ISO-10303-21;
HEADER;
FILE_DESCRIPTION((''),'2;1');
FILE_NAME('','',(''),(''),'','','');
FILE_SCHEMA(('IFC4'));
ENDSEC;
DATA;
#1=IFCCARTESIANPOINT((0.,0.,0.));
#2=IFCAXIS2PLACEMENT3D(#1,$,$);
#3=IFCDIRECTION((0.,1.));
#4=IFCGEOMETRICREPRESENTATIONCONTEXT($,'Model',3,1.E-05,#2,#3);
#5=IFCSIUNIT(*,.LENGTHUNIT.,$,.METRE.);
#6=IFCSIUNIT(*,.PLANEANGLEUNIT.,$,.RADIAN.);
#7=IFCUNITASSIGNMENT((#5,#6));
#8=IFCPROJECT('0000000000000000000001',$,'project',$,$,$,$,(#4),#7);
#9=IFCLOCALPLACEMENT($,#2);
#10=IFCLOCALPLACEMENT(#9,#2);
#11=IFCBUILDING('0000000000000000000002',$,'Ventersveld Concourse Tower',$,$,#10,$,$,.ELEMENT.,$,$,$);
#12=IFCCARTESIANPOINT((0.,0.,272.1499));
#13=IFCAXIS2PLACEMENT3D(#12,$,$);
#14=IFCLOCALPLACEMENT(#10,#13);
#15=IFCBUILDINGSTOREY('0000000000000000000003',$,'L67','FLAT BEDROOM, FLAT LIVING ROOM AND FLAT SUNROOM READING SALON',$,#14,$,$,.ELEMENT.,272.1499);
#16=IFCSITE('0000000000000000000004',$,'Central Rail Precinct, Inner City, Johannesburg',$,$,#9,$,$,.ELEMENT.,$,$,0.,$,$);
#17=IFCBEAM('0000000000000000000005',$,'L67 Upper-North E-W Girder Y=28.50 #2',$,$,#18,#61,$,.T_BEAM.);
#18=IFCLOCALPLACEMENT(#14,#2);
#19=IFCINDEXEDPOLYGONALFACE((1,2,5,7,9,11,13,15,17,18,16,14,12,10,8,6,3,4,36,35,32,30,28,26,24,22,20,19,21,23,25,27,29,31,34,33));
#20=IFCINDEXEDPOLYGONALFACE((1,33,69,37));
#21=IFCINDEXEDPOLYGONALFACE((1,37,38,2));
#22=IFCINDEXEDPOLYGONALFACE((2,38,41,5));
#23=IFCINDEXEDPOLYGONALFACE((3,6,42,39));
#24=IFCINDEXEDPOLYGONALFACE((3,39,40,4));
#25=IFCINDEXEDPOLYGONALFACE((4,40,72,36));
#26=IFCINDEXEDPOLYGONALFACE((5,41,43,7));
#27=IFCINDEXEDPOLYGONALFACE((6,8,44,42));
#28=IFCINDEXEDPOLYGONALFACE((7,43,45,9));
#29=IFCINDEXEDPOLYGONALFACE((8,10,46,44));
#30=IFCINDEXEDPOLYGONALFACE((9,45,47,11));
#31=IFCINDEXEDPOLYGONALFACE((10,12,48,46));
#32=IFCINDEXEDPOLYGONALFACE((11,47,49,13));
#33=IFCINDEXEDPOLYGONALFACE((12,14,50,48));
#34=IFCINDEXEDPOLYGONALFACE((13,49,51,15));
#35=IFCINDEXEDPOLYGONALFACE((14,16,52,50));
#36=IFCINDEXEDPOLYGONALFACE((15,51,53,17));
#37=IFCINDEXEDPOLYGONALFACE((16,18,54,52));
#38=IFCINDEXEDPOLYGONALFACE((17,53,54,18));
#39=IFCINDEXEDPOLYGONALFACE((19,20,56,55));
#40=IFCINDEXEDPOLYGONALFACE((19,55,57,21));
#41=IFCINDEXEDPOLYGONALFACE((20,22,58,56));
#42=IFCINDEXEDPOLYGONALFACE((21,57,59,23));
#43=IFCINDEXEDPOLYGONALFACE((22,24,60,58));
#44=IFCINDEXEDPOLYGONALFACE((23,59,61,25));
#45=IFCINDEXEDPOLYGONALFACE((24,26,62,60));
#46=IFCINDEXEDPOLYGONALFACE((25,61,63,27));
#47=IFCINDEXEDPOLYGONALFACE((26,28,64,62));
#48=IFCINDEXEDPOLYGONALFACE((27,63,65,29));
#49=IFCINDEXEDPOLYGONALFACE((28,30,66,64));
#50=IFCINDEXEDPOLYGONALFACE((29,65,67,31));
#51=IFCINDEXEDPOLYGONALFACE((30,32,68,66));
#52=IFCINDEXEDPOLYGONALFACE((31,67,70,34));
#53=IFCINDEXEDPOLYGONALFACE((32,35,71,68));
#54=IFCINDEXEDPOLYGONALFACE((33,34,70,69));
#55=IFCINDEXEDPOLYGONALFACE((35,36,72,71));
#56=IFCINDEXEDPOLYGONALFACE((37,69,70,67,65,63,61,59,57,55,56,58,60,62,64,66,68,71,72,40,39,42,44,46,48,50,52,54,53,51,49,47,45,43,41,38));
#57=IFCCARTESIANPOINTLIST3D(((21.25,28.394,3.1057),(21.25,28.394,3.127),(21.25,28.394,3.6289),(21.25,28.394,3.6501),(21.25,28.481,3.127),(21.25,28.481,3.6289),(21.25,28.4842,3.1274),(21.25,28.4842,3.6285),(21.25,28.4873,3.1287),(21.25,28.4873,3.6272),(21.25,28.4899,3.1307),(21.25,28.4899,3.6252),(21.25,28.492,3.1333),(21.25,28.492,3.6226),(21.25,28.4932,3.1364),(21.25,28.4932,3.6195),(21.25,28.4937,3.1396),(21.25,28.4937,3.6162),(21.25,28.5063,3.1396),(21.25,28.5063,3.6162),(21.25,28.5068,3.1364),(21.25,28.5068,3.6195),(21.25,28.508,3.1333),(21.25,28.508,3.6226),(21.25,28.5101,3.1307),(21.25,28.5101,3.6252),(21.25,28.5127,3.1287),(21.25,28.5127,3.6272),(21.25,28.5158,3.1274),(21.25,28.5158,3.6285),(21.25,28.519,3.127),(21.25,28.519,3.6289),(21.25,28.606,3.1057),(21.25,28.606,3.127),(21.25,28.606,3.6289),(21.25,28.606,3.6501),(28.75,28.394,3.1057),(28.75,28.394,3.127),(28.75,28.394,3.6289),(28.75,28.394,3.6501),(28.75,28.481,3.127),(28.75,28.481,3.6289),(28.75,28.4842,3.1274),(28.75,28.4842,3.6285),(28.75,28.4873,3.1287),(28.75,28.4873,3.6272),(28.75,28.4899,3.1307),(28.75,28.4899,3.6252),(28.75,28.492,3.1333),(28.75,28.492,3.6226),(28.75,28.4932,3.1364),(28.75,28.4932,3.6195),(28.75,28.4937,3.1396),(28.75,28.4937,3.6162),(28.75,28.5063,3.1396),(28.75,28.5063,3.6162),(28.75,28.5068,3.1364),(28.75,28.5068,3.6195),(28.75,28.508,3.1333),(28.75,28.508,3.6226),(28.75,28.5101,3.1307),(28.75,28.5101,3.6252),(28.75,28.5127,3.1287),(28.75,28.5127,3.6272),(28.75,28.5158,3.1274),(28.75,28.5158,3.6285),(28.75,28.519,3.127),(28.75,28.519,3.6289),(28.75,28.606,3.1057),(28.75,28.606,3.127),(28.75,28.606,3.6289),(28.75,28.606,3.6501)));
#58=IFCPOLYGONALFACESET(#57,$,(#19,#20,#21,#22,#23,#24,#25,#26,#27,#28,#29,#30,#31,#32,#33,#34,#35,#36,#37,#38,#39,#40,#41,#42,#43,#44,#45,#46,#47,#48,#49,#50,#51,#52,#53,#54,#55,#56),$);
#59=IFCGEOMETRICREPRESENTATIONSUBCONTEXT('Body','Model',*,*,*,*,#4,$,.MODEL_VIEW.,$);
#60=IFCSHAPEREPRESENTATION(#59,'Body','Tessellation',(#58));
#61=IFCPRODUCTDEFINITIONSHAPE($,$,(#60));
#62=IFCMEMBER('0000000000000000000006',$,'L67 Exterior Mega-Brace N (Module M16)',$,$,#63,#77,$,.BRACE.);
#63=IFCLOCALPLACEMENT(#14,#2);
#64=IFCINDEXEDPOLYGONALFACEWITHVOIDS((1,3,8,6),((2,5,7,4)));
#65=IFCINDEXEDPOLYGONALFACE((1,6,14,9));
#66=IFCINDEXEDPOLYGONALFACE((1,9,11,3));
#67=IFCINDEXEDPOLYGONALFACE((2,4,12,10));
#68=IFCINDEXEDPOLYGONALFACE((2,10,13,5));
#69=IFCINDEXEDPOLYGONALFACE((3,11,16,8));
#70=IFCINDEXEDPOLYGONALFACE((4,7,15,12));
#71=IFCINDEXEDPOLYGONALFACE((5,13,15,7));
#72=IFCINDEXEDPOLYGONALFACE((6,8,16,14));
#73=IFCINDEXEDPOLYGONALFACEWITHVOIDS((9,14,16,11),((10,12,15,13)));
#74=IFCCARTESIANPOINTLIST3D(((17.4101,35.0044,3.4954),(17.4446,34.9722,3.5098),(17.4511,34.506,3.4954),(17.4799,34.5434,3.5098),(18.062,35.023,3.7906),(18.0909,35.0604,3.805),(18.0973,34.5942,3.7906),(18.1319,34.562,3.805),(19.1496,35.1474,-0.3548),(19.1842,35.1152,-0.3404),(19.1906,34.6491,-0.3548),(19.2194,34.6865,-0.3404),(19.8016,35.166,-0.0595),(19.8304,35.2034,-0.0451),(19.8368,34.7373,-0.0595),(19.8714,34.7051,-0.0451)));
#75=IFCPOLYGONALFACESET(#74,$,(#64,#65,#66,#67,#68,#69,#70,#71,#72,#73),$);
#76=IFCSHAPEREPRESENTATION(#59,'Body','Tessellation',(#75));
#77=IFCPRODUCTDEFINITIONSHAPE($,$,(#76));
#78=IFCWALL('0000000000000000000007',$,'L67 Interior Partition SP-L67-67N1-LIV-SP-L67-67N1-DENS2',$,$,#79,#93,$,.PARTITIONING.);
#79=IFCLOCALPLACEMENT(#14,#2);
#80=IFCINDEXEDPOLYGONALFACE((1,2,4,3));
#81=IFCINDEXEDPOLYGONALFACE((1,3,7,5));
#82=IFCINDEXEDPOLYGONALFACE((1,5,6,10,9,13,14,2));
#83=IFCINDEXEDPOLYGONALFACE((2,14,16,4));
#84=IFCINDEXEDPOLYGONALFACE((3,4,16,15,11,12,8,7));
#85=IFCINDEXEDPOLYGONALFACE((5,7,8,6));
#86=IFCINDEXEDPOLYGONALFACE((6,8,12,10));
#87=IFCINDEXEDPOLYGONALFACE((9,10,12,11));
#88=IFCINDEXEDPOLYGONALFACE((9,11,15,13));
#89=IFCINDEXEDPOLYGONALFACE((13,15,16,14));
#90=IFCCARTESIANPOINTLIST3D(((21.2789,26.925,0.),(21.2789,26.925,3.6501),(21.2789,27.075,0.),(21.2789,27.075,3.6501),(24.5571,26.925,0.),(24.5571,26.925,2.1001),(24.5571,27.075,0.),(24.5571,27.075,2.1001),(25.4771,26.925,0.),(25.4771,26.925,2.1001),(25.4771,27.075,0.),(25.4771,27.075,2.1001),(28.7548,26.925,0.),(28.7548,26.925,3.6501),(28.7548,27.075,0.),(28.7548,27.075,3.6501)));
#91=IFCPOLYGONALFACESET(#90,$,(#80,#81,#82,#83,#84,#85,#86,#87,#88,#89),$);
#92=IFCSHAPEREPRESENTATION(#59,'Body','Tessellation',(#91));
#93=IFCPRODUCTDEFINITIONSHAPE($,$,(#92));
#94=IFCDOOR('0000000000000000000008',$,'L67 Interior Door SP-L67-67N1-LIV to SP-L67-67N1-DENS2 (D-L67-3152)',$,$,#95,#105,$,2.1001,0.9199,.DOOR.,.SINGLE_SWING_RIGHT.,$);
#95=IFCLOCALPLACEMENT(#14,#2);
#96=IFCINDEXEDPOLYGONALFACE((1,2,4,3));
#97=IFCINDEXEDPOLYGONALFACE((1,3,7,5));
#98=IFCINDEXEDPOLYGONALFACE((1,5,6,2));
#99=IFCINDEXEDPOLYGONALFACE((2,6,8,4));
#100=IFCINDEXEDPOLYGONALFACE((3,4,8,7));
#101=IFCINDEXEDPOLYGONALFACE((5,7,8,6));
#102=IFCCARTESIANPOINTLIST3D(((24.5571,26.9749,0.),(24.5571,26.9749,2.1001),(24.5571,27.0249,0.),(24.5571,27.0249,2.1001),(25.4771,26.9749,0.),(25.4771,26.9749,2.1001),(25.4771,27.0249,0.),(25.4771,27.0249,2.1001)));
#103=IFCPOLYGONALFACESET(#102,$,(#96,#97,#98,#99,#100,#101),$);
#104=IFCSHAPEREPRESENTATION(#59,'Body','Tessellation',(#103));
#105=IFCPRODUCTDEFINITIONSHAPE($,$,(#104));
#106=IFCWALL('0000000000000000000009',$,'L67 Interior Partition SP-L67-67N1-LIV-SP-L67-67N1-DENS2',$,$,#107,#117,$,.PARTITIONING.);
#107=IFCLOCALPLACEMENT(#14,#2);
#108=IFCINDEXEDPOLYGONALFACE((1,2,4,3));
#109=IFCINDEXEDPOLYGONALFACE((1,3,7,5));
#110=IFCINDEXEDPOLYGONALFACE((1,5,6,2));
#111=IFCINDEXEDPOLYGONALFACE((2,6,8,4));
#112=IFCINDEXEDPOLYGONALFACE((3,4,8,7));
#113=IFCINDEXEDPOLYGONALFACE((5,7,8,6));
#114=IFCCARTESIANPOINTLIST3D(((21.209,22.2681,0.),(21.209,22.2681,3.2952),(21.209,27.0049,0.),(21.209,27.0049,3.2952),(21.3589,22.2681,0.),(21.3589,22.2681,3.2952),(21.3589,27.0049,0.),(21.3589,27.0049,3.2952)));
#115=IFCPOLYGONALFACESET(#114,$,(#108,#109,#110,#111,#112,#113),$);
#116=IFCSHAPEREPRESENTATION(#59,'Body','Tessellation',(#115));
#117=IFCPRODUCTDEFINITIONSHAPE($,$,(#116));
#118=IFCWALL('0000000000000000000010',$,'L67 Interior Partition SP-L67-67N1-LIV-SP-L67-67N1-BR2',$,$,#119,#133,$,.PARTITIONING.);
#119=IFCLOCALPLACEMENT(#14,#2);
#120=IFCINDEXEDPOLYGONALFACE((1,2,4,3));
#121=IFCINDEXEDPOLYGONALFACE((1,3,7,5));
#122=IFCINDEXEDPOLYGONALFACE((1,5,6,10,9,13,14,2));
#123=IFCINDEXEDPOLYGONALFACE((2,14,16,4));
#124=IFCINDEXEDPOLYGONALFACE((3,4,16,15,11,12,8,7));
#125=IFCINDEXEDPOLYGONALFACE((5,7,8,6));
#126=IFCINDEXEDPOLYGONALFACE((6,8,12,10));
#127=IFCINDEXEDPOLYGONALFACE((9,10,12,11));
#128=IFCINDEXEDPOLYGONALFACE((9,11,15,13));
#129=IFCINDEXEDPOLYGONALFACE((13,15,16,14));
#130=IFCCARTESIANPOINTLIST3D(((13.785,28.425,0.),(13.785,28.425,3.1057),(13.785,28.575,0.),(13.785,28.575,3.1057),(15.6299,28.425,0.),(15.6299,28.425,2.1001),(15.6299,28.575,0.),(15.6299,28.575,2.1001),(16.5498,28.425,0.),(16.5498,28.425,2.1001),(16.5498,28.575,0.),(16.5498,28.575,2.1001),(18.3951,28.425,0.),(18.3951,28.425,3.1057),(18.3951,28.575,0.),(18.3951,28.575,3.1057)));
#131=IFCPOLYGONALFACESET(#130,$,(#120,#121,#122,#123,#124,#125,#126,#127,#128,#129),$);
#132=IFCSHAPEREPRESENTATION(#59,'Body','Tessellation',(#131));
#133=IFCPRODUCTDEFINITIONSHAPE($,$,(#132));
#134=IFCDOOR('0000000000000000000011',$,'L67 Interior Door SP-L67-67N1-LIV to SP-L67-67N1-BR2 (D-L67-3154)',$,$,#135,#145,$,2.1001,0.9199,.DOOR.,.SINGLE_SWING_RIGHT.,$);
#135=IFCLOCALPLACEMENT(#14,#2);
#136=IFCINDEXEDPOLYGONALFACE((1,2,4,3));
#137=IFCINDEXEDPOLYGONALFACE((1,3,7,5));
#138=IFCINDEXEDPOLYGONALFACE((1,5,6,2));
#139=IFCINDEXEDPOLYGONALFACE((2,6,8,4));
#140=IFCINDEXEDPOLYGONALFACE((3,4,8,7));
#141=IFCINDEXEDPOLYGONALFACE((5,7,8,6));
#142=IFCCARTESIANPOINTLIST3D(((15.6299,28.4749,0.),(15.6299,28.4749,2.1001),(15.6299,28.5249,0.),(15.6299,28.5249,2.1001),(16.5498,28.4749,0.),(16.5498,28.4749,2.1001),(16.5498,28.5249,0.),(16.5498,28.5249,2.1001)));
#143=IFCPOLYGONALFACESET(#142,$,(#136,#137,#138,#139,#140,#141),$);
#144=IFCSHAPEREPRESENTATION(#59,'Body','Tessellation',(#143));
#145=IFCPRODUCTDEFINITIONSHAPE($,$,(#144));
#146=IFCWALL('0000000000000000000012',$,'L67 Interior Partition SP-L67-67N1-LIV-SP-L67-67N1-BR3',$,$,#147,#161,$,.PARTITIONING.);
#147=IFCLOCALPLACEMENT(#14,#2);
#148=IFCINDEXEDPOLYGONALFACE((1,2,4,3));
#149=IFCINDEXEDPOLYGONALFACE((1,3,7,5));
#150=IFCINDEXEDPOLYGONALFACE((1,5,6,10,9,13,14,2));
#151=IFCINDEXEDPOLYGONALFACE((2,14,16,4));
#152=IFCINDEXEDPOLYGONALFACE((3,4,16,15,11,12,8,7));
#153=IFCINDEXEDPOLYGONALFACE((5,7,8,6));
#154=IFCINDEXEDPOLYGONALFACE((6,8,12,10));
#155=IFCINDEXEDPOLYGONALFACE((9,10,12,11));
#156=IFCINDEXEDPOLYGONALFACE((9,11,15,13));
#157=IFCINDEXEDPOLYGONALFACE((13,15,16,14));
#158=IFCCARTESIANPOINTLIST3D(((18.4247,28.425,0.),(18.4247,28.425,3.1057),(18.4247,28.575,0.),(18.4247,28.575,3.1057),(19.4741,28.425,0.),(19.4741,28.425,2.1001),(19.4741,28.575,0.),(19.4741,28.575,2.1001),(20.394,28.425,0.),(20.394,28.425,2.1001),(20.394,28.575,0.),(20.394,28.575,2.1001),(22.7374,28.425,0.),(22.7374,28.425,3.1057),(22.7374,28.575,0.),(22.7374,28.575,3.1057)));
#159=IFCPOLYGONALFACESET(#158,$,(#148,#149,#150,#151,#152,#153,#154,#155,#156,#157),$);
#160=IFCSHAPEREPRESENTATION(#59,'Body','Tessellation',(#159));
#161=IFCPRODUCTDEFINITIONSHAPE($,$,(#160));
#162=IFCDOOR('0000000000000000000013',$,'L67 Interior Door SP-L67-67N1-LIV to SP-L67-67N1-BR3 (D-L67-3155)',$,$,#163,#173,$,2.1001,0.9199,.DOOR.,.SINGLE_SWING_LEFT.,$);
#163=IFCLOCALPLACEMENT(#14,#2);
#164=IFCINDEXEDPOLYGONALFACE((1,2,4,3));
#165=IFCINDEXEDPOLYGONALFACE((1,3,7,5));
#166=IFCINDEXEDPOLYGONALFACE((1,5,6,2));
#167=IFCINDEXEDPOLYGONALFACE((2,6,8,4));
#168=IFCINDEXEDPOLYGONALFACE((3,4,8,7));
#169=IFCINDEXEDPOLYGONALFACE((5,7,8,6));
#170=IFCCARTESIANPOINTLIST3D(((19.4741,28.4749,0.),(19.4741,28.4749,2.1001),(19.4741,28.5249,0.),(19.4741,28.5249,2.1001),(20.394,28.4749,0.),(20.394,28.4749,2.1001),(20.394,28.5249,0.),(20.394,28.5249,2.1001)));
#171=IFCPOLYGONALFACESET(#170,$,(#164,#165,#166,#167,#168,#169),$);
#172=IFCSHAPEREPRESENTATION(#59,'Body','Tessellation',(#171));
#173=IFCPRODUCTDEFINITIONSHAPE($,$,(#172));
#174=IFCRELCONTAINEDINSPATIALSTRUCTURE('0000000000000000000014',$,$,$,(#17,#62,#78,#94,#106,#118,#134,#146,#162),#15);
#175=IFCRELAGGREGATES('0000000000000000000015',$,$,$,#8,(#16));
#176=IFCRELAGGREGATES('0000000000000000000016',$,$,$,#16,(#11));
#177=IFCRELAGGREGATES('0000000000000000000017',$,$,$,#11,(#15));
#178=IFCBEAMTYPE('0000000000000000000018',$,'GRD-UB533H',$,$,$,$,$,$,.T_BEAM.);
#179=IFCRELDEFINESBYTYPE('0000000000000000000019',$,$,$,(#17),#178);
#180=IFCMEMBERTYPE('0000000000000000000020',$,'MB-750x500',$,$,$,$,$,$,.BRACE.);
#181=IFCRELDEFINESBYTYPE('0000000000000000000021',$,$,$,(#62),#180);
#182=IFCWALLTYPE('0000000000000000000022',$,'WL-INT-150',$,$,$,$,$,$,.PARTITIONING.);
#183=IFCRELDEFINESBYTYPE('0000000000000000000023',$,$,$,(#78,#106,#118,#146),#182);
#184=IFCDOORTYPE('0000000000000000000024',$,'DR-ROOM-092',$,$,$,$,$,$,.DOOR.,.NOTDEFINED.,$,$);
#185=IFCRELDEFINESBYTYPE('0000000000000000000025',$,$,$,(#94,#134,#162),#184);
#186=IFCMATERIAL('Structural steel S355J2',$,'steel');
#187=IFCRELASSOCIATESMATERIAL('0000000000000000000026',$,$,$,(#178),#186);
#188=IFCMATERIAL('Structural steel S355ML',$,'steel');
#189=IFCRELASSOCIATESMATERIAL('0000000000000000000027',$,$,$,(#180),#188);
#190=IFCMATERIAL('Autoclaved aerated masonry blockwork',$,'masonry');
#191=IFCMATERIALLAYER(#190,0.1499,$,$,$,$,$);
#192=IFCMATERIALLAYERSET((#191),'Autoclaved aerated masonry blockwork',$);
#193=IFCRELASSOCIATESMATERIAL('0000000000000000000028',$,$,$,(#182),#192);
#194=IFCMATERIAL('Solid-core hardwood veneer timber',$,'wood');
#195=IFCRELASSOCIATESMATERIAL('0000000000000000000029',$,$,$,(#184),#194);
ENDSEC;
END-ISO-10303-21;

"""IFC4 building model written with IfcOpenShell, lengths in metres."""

from ifc_helpers import new_model, si_unit, direction, frame, frame_2d, origin, origin_2d, place, context, subcontext, project, spatial, rectangle, hollow_rectangle, i_section, extrude, material, layer, layer_set, material_profile, profile_set, type_object, element, fill, save


model = new_model("IFC4")

# Units and contexts
model_context = context("Model", 3, precision=1e-05, world=origin(), true_north=direction((0.0, 1.0)))
body_context = subcontext(model_context, "Body", "Model", "MODEL_VIEW")
ifc_project = project(units=[si_unit("LENGTHUNIT", "METRE"), si_unit("PLANEANGLEUNIT", "RADIAN")], contexts=[model_context])

# Site, building, storey
site_placement = place(None, origin())
site = spatial("IfcSite", under=ifc_project, at=site_placement, Name="Central Rail Precinct, Inner City, Johannesburg", CompositionType="ELEMENT", RefElevation=0.0)
building_placement = place(site_placement, origin())
building = spatial("IfcBuilding", under=site, at=building_placement, Name="Ventersveld Concourse Tower", CompositionType="ELEMENT")
storey_placement = place(building_placement, frame((0.0, 0.0, 272.1499)))
storey = spatial("IfcBuildingStorey", under=building, at=storey_placement, Name="L67", Description="FLAT BEDROOM, FLAT LIVING ROOM AND FLAT SUNROOM READING SALON", CompositionType="ELEMENT", Elevation=272.1499)

# Beam
ifc_material_1 = material(Name="Structural steel S355J2", Category="steel")
ifc_material_profile_1 = material_profile(ifc_material_1, i_section(OverallWidth=0.2119, OverallDepth=0.5444, WebThickness=0.0127, FlangeThickness=0.0212, FilletRadius=0.0127, at=origin_2d()), Name="UB 533x210x122")
ifc_profile_set_1 = profile_set([ifc_material_profile_1], Name="Structural steel S355J2")
beam_type_1 = type_object("IfcBeamType", Name="GRD-UB533H", PredefinedType="T_BEAM", material=ifc_profile_set_1)
for number, where, z_axis, x_axis, name in (
    (1, (21.25, 28.5, 3.3779), (1.0, 0.0, 0.0), (0.0, 1.0, 0.0), "L67 Upper-North E-W Girder Y=28.50 #2"),
):
    element("IfcBeam", number, at=place(storey_placement, frame(where, z_axis=z_axis, x_axis=x_axis)), inside=storey, type_object=beam_type_1, Name=name, PredefinedType="T_BEAM", context=body_context, shape_type="SweptSolid", body=[
        extrude(i_section(OverallWidth=0.2119, OverallDepth=0.5444, WebThickness=0.0127, FlangeThickness=0.0212, FilletRadius=0.0127, at=origin_2d()), origin(), (0.0, 0.0, 1.0), 7.5),
    ])

# Member
ifc_material_2 = material(Name="Structural steel S355ML", Category="steel")
ifc_material_profile_2 = material_profile(ifc_material_2, hollow_rectangle(XDim=0.5, YDim=0.75, WallThickness=0.0349, at=origin_2d()), Name="BOX 750x500x35")
ifc_profile_set_2 = profile_set([ifc_material_profile_2], Name="Structural steel S355ML")
member_type = type_object("IfcMemberType", Name="MB-750x500", PredefinedType="BRACE", material=ifc_profile_set_2)
member_placement = place(storey_placement, frame((19.5105, 34.9263, -0.2), z_axis=(-0.411498, -0.033844, 0.910782), x_axis=(0.081969, -0.996635, 0.0)))
element("IfcMember", 2, at=member_placement, inside=storey, type_object=member_type, Name="L67 Exterior Mega-Brace N (Module M16)", PredefinedType="BRACE", context=body_context, shape_type="SweptSolid", body=[
    extrude(hollow_rectangle(XDim=0.5, YDim=0.75, WallThickness=0.0349, at=origin_2d()), origin(), (0.0, 0.0, 1.0), 4.2273),
])

# Wall, opening, door
ifc_material_3 = material(Name="Autoclaved aerated masonry blockwork", Category="masonry")
ifc_layer = layer(ifc_material_3, 0.1499)
ifc_layer_set = layer_set([ifc_layer], Name="Autoclaved aerated masonry blockwork")
wall_type = type_object("IfcWallType", Name="WL-INT-150", PredefinedType="PARTITIONING", material=ifc_layer_set)
wall_1_placement = place(storey_placement, frame((21.2791, 27.0, 0.0), z_axis=(0.0, 0.0, 1.0), x_axis=(1.0, 0.0, 0.0)))
wall_1 = element("IfcWall", 3, at=wall_1_placement, inside=storey, type_object=wall_type, Name="L67 Interior Partition SP-L67-67N1-LIV-SP-L67-67N1-DENS2", PredefinedType="PARTITIONING", context=body_context, shape_type="SweptSolid", body=[
    extrude(rectangle(XDim=7.4758, YDim=0.1499, at=frame_2d((3.7378, 0.0))), origin(), (0.0, 0.0, 1.0), 3.6501),
])
opening_1_placement = place(wall_1_placement, frame((3.2781, 0.0, 0.0)))
opening_1 = element("IfcOpeningElement", 4, at=opening_1_placement, cuts=wall_1, PredefinedType="OPENING", context=body_context, shape_type="SweptSolid", body=[
    extrude(rectangle(XDim=0.9199, YDim=2.1001, at=frame_2d((0.46, 1.05))), frame((0.0, 0.085, 0.0), z_axis=(0.0, -1.0, 0.0), x_axis=(1.0, 0.0, 0.0)), (0.0, 0.0, 1.0), 0.1699),
])
ifc_material_4 = material(Name="Solid-core hardwood veneer timber", Category="wood")
door_type = type_object("IfcDoorType", Name="DR-ROOM-092", OperationType="NOTDEFINED", PredefinedType="DOOR", material=ifc_material_4)
door_1_placement = place(opening_1_placement, origin())
door_1 = element("IfcDoor", 5, at=door_1_placement, inside=storey, type_object=door_type, Name="L67 Interior Door SP-L67-67N1-LIV to SP-L67-67N1-DENS2 (D-L67-3152)", OperationType="SINGLE_SWING_RIGHT", OverallHeight=2.1001, OverallWidth=0.9199, PredefinedType="DOOR", context=body_context, shape_type="SweptSolid", body=[
    extrude(rectangle(XDim=0.9199, YDim=2.1001, at=frame_2d((0.46, 1.05))), frame((0.0, 0.0249, 0.0), z_axis=(0.0, -1.0, 0.0), x_axis=(1.0, 0.0, 0.0)), (0.0, 0.0, 1.0), 0.05),
])
fill(opening_1, door_1)

# Wall
wall_2_placement = place(storey_placement, frame((21.2839, 22.2681, 0.0), z_axis=(0.0, 0.0, 1.0), x_axis=(0.0, 1.0, 0.0)))
element("IfcWall", 6, at=wall_2_placement, inside=storey, type_object=wall_type, Name="L67 Interior Partition SP-L67-67N1-LIV-SP-L67-67N1-DENS2", PredefinedType="PARTITIONING", context=body_context, shape_type="SweptSolid", body=[
    extrude(rectangle(XDim=4.7368, YDim=0.1499, at=frame_2d((2.3684, 0.0))), origin(), (0.0, 0.0, 1.0), 3.2952),
])

# Walls, openings, doors
wall_3_placement = place(storey_placement, frame((13.7849, 28.5, 0.0), z_axis=(0.0, 0.0, 1.0), x_axis=(1.0, 0.0, 0.0)))
wall_3 = element("IfcWall", 7, at=wall_3_placement, inside=storey, type_object=wall_type, Name="L67 Interior Partition SP-L67-67N1-LIV-SP-L67-67N1-BR2", PredefinedType="PARTITIONING", context=body_context, shape_type="SweptSolid", body=[
    extrude(rectangle(XDim=4.6101, YDim=0.1499, at=frame_2d((2.3052, 0.0))), origin(), (0.0, 0.0, 1.0), 3.1057),
])
opening_2_placement = place(wall_3_placement, frame((1.845, 0.0, 0.0)))
opening_2 = element("IfcOpeningElement", 8, at=opening_2_placement, cuts=wall_3, PredefinedType="OPENING", context=body_context, shape_type="SweptSolid", body=[
    extrude(rectangle(XDim=0.9199, YDim=2.1001, at=frame_2d((0.46, 1.05))), frame((0.0, 0.085, 0.0), z_axis=(0.0, -1.0, 0.0), x_axis=(1.0, 0.0, 0.0)), (0.0, 0.0, 1.0), 0.1699),
])
door_2_placement = place(opening_2_placement, origin())
door_2 = element("IfcDoor", 9, at=door_2_placement, inside=storey, type_object=door_type, Name="L67 Interior Door SP-L67-67N1-LIV to SP-L67-67N1-BR2 (D-L67-3154)", OperationType="SINGLE_SWING_RIGHT", OverallHeight=2.1001, OverallWidth=0.9199, PredefinedType="DOOR", context=body_context, shape_type="SweptSolid", body=[
    extrude(rectangle(XDim=0.9199, YDim=2.1001, at=frame_2d((0.46, 1.05))), frame((0.0, 0.0249, 0.0), z_axis=(0.0, -1.0, 0.0), x_axis=(1.0, 0.0, 0.0)), (0.0, 0.0, 1.0), 0.05),
])
fill(opening_2, door_2)
wall_4_placement = place(storey_placement, frame((18.4248, 28.5, 0.0), z_axis=(0.0, 0.0, 1.0), x_axis=(1.0, 0.0, 0.0)))
wall_4 = element("IfcWall", 10, at=wall_4_placement, inside=storey, type_object=wall_type, Name="L67 Interior Partition SP-L67-67N1-LIV-SP-L67-67N1-BR3", PredefinedType="PARTITIONING", context=body_context, shape_type="SweptSolid", body=[
    extrude(rectangle(XDim=4.3127, YDim=0.1499, at=frame_2d((2.1562, 0.0))), origin(), (0.0, 0.0, 1.0), 3.1057),
])
opening_3_placement = place(wall_4_placement, frame((1.0493, 0.0, 0.0)))
opening_3 = element("IfcOpeningElement", 11, at=opening_3_placement, cuts=wall_4, PredefinedType="OPENING", context=body_context, shape_type="SweptSolid", body=[
    extrude(rectangle(XDim=0.9199, YDim=2.1001, at=frame_2d((0.46, 1.05))), frame((0.0, 0.085, 0.0), z_axis=(0.0, -1.0, 0.0), x_axis=(1.0, 0.0, 0.0)), (0.0, 0.0, 1.0), 0.1699),
])
door_3_placement = place(opening_3_placement, origin())
door_3 = element("IfcDoor", 12, at=door_3_placement, inside=storey, type_object=door_type, Name="L67 Interior Door SP-L67-67N1-LIV to SP-L67-67N1-BR3 (D-L67-3155)", OperationType="SINGLE_SWING_LEFT", OverallHeight=2.1001, OverallWidth=0.9199, PredefinedType="DOOR", context=body_context, shape_type="SweptSolid", body=[
    extrude(rectangle(XDim=0.9199, YDim=2.1001, at=frame_2d((0.46, 1.05))), frame((0.0, 0.0249, 0.0), z_axis=(0.0, -1.0, 0.0), x_axis=(1.0, 0.0, 0.0)), (0.0, 0.0, 1.0), 0.05),
])
fill(opening_3, door_3)

save(model, "model.ifc")
